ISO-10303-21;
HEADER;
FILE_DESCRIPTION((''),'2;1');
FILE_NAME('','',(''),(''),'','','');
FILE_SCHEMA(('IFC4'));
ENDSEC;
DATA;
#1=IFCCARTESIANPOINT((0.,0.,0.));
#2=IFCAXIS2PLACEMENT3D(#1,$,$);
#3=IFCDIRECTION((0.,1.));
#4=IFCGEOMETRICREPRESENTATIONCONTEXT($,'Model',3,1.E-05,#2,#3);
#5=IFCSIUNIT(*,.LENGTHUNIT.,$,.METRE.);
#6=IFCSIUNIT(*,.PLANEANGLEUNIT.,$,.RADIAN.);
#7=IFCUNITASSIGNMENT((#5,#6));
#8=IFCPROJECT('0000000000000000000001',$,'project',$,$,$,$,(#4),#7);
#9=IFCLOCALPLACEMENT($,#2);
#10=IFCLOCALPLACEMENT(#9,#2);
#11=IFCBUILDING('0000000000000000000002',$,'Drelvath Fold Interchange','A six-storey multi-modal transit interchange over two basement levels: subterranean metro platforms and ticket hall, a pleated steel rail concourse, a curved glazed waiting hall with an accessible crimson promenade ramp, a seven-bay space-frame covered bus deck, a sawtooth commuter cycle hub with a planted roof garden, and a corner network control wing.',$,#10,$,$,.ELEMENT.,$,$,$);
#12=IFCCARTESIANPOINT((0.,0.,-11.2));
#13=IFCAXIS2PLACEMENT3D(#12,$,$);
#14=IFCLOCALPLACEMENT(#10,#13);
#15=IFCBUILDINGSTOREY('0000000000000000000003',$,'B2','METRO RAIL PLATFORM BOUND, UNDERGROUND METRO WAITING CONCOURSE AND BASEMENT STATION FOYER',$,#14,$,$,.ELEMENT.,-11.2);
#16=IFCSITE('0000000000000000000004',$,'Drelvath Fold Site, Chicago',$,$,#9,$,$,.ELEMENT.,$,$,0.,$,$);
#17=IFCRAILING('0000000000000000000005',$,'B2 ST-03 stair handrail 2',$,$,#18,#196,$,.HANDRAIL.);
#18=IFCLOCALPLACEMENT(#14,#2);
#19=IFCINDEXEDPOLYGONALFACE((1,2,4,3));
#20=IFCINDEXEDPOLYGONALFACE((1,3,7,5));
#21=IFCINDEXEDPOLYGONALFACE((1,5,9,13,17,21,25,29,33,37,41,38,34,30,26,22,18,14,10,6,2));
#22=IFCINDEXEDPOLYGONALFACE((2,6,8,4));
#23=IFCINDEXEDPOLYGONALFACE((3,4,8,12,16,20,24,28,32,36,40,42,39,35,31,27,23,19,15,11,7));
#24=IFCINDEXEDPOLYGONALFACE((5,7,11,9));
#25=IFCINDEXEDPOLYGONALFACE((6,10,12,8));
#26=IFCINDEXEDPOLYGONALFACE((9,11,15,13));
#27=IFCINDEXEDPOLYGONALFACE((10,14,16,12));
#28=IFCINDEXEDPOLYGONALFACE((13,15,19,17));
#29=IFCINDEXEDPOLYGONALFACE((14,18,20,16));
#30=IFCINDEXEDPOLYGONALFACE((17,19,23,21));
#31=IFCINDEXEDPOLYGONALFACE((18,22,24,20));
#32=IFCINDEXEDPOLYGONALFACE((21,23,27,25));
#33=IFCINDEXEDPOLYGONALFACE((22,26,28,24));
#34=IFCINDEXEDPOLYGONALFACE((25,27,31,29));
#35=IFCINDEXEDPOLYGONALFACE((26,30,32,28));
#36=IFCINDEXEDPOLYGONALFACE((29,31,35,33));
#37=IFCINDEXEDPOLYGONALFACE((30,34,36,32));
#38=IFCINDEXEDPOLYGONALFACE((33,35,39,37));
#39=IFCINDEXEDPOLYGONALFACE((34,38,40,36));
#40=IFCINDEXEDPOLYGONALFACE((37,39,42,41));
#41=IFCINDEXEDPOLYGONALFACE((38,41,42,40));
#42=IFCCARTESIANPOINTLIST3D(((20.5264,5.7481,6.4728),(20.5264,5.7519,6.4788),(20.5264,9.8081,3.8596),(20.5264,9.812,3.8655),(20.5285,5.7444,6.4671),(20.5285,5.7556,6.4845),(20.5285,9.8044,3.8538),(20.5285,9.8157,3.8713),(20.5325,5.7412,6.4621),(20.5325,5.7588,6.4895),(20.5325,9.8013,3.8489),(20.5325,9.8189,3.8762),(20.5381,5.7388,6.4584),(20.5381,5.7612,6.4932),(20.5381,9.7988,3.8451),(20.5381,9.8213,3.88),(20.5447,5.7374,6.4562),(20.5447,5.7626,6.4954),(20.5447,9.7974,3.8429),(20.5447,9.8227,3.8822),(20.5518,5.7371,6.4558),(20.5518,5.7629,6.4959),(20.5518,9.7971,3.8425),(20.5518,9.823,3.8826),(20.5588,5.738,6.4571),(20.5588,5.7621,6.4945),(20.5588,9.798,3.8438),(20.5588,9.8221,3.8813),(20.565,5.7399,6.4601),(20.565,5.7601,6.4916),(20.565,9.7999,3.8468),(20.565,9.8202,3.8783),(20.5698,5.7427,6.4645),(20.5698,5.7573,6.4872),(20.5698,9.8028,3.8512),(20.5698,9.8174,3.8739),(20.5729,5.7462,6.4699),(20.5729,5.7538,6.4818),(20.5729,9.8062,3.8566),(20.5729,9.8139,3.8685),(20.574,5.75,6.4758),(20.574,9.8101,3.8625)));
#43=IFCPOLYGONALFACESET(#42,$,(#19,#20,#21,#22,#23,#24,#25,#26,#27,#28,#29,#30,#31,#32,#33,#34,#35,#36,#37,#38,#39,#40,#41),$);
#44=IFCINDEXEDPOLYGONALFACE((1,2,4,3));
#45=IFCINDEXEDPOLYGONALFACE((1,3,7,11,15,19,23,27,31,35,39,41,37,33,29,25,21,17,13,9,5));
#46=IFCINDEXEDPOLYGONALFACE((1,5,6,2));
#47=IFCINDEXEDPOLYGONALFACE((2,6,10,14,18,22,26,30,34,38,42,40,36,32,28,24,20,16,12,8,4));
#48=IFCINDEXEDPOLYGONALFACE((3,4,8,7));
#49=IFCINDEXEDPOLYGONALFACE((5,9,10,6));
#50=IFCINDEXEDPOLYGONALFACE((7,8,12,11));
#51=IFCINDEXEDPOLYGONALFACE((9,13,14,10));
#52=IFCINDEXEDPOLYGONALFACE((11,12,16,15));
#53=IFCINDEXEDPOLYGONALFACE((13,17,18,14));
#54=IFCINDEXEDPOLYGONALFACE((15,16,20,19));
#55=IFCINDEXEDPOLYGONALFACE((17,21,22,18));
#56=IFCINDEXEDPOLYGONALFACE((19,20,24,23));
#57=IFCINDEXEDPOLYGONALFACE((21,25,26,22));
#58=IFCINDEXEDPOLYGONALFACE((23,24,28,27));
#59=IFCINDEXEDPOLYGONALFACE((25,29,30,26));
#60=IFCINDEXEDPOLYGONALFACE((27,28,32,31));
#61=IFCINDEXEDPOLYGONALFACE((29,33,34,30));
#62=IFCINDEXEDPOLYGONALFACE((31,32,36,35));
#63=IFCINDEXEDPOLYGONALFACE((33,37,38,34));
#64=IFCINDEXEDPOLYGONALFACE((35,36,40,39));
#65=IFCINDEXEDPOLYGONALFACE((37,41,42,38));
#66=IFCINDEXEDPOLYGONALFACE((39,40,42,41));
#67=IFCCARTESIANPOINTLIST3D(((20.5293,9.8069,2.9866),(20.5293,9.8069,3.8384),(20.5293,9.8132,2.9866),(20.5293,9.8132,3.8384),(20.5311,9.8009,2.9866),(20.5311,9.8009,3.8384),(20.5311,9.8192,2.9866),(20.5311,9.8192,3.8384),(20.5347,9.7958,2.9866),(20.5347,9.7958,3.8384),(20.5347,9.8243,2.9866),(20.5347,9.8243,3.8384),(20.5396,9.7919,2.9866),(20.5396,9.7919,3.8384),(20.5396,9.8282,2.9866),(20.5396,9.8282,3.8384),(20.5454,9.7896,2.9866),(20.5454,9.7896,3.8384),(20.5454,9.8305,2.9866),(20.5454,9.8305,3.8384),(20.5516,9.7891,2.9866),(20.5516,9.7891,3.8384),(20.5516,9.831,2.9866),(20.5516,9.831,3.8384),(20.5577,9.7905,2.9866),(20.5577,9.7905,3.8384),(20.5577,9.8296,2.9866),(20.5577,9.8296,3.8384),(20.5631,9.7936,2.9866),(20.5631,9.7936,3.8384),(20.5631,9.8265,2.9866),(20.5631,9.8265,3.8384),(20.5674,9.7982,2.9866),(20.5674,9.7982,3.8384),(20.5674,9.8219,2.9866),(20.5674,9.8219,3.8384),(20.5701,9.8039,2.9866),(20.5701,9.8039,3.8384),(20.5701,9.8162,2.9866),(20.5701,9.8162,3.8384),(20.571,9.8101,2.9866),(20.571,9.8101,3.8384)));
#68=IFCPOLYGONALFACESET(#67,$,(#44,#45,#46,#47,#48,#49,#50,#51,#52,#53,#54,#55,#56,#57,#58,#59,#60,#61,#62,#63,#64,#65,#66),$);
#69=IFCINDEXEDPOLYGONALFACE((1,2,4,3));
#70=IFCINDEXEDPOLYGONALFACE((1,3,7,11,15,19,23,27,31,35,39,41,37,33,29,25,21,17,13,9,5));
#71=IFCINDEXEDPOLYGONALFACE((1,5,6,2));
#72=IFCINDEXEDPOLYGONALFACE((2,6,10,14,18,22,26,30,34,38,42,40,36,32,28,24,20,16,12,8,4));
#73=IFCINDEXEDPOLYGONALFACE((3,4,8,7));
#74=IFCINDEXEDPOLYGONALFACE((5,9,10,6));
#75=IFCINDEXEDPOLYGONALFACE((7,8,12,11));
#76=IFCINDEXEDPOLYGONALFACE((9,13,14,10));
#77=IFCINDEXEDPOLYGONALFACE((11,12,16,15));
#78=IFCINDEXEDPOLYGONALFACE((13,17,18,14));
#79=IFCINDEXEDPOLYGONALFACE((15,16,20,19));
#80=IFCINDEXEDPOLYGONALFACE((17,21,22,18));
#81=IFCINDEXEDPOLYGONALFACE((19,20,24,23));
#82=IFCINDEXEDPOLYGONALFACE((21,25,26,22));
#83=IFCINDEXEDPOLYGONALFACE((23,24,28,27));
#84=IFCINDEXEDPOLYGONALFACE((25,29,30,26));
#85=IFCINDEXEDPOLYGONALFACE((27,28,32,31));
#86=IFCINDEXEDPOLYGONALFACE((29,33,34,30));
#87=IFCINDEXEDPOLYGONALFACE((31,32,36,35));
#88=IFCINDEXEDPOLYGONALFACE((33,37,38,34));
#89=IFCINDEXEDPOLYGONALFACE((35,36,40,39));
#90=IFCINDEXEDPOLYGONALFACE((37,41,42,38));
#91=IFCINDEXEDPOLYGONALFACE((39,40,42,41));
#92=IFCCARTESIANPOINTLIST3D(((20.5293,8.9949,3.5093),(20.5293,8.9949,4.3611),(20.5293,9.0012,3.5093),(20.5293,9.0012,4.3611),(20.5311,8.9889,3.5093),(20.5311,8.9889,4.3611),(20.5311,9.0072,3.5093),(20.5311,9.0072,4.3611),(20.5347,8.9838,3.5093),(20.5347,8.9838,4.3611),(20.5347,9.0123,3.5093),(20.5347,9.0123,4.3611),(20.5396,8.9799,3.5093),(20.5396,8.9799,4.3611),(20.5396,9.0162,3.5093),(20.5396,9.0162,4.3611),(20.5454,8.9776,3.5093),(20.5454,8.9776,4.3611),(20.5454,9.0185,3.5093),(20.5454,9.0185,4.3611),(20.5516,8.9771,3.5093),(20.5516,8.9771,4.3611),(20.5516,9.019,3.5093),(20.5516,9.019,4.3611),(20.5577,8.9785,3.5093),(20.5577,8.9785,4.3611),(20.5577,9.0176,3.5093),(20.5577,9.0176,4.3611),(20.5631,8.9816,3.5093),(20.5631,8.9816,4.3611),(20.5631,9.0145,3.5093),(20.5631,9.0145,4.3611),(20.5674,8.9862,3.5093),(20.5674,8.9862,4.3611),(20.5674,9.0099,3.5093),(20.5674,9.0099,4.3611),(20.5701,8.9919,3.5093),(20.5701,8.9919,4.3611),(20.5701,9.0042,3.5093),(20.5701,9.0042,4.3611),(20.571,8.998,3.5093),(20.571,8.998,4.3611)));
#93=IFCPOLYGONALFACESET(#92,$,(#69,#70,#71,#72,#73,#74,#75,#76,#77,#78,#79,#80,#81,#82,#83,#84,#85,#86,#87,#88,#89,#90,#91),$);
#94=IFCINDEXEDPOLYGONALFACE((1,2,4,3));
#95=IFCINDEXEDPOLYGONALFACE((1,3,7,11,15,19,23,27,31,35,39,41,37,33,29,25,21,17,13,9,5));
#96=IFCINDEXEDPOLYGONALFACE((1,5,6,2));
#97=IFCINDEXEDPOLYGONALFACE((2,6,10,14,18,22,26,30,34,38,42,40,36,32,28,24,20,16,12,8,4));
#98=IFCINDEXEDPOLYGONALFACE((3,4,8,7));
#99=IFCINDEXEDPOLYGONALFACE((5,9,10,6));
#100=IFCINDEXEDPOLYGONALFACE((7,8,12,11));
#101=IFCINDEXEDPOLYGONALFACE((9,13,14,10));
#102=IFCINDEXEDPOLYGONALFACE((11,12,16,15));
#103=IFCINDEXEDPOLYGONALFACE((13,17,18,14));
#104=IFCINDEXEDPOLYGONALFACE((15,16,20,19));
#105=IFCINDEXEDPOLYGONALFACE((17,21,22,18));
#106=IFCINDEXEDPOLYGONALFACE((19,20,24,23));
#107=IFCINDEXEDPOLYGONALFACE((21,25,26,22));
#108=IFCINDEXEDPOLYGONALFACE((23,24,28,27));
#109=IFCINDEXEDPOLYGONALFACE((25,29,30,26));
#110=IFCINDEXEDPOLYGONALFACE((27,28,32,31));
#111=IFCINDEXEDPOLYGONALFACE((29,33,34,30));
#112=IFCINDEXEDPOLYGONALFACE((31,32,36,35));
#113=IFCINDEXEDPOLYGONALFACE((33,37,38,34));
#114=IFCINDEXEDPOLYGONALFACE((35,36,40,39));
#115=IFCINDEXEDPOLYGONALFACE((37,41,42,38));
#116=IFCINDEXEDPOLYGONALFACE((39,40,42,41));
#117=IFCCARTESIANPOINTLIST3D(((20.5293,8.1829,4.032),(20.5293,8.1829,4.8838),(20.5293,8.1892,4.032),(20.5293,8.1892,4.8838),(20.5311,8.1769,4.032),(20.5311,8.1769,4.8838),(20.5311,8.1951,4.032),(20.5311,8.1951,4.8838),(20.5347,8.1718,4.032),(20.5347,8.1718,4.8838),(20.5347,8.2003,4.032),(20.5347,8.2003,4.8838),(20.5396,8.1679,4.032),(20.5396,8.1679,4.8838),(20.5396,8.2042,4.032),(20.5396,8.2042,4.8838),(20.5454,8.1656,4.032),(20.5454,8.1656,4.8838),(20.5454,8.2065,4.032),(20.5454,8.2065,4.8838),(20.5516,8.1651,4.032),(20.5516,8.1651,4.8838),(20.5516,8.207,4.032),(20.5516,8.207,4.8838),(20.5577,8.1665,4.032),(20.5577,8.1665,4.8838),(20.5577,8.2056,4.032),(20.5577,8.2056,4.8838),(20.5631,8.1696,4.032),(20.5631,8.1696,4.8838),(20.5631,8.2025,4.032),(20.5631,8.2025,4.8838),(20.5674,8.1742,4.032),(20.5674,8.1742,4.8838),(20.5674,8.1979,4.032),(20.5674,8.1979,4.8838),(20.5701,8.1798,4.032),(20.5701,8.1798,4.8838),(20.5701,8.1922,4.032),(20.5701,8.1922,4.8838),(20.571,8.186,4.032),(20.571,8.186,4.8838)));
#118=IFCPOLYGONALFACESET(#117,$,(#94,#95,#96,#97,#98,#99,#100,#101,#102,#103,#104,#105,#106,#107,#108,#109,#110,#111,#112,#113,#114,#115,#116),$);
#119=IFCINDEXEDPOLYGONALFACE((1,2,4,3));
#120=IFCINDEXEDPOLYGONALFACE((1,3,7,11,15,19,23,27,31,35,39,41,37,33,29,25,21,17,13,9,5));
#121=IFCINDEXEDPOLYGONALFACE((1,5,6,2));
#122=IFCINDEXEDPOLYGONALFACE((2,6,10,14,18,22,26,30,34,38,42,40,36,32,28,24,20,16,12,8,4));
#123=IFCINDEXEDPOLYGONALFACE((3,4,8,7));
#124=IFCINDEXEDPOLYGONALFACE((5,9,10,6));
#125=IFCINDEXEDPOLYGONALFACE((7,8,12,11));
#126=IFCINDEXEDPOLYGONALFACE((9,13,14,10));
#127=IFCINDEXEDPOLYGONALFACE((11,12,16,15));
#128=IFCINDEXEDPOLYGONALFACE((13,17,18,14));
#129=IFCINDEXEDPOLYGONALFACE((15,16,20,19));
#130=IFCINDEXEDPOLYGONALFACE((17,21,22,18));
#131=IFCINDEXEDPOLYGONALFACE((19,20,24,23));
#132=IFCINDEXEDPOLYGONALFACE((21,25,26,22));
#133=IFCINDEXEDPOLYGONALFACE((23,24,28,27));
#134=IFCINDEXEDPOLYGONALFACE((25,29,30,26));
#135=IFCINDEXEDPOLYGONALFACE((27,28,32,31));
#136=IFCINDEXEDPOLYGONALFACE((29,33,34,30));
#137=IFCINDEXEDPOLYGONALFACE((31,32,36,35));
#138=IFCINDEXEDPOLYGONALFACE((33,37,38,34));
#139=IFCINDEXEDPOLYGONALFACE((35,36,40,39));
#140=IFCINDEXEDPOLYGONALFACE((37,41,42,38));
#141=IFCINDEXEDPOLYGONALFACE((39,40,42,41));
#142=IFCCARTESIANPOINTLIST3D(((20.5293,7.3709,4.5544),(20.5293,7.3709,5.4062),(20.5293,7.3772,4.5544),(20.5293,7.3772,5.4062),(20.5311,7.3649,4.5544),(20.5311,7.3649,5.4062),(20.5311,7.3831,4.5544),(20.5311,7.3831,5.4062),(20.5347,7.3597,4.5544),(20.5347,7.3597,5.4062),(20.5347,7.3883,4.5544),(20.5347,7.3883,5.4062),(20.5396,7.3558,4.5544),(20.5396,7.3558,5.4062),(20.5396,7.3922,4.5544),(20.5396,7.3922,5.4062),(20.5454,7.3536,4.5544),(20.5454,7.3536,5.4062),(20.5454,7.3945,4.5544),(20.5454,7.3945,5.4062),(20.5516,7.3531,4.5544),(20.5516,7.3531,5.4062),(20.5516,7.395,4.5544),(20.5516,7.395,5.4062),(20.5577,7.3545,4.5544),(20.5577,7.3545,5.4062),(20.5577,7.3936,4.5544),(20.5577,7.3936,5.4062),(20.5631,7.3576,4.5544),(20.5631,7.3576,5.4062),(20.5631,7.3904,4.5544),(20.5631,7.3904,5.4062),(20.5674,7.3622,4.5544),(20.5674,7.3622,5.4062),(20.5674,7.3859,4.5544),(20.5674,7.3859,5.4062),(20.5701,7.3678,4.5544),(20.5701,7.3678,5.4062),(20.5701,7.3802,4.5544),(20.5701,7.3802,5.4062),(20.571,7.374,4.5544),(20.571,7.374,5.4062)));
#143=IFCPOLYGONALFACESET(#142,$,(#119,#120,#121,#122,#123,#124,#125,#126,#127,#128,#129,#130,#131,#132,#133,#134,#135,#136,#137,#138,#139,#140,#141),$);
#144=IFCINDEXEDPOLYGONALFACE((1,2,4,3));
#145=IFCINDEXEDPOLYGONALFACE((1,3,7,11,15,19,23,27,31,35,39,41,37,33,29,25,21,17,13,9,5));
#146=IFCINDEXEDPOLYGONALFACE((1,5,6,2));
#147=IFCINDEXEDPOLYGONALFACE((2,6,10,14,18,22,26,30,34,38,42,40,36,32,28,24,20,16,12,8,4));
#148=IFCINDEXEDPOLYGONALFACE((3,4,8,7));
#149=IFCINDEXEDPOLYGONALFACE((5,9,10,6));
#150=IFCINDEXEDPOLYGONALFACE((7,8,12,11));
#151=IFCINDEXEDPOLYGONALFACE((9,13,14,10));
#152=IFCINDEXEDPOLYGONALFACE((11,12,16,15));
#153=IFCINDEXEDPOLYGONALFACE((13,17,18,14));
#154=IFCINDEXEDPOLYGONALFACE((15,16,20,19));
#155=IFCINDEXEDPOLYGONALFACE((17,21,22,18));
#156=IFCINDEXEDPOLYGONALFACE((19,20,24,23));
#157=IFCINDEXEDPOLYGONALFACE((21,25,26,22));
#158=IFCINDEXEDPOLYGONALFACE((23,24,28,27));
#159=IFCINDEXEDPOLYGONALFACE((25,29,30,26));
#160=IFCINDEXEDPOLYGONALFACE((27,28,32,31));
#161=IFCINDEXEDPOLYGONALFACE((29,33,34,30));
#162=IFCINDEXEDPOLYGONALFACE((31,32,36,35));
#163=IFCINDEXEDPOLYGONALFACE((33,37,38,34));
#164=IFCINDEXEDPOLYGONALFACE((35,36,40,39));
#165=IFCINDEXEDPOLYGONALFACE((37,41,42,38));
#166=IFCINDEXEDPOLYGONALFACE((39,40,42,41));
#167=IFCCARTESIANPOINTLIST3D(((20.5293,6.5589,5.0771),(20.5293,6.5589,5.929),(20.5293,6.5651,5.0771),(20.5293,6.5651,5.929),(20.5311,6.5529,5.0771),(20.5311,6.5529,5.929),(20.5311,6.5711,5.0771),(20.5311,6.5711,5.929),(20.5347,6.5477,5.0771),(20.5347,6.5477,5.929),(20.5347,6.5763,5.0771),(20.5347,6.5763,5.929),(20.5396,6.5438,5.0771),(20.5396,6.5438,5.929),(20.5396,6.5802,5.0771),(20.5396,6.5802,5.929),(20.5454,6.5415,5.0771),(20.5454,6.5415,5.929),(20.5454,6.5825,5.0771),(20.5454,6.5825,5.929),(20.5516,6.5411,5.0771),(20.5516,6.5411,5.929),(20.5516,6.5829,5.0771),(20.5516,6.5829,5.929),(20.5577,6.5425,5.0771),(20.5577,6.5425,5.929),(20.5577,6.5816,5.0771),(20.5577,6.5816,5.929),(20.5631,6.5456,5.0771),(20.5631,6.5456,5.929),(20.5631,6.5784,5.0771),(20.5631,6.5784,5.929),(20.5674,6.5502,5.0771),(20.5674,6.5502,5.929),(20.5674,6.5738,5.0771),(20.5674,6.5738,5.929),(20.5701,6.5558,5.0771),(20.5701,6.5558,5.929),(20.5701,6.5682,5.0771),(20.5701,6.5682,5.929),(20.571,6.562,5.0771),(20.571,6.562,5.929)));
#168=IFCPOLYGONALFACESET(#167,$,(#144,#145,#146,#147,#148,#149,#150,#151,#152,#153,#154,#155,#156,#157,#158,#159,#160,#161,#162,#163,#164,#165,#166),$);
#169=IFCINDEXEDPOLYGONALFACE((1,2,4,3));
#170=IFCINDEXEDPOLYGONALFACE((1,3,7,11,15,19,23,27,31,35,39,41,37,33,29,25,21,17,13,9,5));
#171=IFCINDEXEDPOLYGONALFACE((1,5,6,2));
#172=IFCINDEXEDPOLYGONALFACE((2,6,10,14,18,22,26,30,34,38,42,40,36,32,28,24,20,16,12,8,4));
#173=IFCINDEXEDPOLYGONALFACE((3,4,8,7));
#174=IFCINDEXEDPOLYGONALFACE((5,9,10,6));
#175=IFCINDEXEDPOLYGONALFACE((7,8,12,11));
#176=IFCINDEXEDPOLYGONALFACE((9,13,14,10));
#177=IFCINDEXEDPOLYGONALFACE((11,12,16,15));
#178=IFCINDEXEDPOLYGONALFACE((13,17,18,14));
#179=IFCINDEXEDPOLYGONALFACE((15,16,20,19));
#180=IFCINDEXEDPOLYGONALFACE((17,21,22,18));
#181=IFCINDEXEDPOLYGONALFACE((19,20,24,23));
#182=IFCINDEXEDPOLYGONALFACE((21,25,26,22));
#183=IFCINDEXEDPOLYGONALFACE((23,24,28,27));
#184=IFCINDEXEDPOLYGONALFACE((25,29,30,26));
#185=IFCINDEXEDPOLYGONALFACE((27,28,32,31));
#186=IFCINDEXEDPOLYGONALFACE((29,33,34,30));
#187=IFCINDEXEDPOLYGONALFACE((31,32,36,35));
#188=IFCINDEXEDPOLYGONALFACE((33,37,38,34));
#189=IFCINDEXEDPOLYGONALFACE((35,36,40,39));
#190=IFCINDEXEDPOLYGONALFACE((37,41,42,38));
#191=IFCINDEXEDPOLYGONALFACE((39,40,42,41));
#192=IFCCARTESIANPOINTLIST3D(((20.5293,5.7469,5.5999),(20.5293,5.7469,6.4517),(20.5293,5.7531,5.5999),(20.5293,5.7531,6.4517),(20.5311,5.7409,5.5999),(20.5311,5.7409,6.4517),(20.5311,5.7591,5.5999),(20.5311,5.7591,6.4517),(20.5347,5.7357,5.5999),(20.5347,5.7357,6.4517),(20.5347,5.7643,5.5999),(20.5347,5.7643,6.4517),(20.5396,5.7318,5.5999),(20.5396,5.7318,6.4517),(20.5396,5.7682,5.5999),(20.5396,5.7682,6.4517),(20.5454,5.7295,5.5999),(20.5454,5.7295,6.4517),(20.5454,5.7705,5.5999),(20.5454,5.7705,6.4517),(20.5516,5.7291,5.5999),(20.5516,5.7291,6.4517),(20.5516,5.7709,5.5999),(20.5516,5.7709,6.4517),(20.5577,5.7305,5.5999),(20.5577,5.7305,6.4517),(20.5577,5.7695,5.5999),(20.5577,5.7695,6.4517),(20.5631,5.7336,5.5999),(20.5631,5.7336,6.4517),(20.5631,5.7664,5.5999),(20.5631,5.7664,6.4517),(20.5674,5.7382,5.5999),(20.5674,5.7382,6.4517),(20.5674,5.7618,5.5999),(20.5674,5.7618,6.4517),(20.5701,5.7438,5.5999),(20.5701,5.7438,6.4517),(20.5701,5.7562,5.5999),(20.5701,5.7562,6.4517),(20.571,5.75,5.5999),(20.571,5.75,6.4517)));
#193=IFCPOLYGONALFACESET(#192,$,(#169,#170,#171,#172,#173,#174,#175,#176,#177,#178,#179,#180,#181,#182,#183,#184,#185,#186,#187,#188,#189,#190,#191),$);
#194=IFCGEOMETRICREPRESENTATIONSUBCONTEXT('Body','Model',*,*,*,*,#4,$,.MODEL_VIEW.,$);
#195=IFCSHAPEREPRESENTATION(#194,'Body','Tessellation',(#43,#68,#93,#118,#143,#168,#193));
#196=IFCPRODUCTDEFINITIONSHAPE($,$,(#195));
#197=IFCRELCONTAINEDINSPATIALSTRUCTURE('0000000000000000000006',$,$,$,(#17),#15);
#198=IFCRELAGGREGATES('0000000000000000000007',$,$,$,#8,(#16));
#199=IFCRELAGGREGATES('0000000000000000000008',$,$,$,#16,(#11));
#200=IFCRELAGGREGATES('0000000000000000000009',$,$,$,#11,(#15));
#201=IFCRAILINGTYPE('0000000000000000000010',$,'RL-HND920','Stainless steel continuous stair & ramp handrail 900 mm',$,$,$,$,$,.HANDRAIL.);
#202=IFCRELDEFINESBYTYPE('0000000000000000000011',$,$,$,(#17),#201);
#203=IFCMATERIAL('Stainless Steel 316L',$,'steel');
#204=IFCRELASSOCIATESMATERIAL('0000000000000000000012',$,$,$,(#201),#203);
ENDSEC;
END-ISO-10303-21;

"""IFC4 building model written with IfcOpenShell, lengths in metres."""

from ifc_helpers import new_model, si_unit, direction, frame, origin, origin_2d, place, context, subcontext, project, spatial, circle, extrude, material, type_object, element, save


model = new_model("IFC4")

# Units and contexts
model_context = context("Model", 3, precision=1e-05, world=origin(), true_north=direction((0.0, 1.0)))
body_context = subcontext(model_context, "Body", "Model", "MODEL_VIEW")
ifc_project = project(units=[si_unit("LENGTHUNIT", "METRE"), si_unit("PLANEANGLEUNIT", "RADIAN")], contexts=[model_context])

# Site, building, storey
site_placement = place(None, origin())
site = spatial("IfcSite", under=ifc_project, at=site_placement, Name="Drelvath Fold Site, Chicago", CompositionType="ELEMENT", RefElevation=0.0)
building_placement = place(site_placement, origin())
building = spatial("IfcBuilding", under=site, at=building_placement, Name="Drelvath Fold Interchange", Description="A six-storey multi-modal transit interchange over two basement levels: subterranean metro platforms and ticket hall, a pleated steel rail concourse, a curved glazed waiting hall with an accessible crimson promenade ramp, a seven-bay space-frame covered bus deck, a sawtooth commuter cycle hub with a planted roof garden, and a corner network control wing.", CompositionType="ELEMENT")
storey_placement = place(building_placement, frame((0.0, 0.0, -11.2)))
storey = spatial("IfcBuildingStorey", under=building, at=storey_placement, Name="B2", Description="METRO RAIL PLATFORM BOUND, UNDERGROUND METRO WAITING CONCOURSE AND BASEMENT STATION FOYER", CompositionType="ELEMENT", Elevation=-11.2)

# Railing
ifc_material_1 = material(Name="Stainless Steel 316L", Category="steel")
railing_type_1 = type_object("IfcRailingType", Name="RL-HND920", Description="Stainless steel continuous stair & ramp handrail 900 mm", PredefinedType="HANDRAIL", material=ifc_material_1)
railing_1_placement = place(storey_placement, frame((20.55, 9.8101, 2.9866)))
element("IfcRailing", 1, at=railing_1_placement, inside=storey, type_object=railing_type_1, Name="B2 ST-03 stair handrail 2", PredefinedType="HANDRAIL", context=body_context, shape_type="SweptSolid", body=[
    extrude(circle(Radius=0.0239, at=origin_2d()), frame((0.0, 0.0, 0.876), z_axis=(0.0, -0.840873, 0.541233), x_axis=(1.0, 0.0, 0.0)), (0.0, 0.0, 1.0), 4.8284),
    extrude(circle(Radius=0.021, at=origin_2d()), origin(), (0.0, 0.0, 1.0), 0.8518),
    extrude(circle(Radius=0.021, at=origin_2d()), frame((0.0, -0.812, 0.5227)), (0.0, 0.0, 1.0), 0.8518),
    extrude(circle(Radius=0.021, at=origin_2d()), frame((0.0, -1.624, 1.0454)), (0.0, 0.0, 1.0), 0.8518),
    extrude(circle(Radius=0.021, at=origin_2d()), frame((0.0, -2.436, 1.5679)), (0.0, 0.0, 1.0), 0.8518),
    extrude(circle(Radius=0.021, at=origin_2d()), frame((0.0, -3.248, 2.0906)), (0.0, 0.0, 1.0), 0.8518),
    extrude(circle(Radius=0.021, at=origin_2d()), frame((0.0, -4.0601, 2.6133)), (0.0, 0.0, 1.0), 0.8518),
])

save(model, "model.ifc")
